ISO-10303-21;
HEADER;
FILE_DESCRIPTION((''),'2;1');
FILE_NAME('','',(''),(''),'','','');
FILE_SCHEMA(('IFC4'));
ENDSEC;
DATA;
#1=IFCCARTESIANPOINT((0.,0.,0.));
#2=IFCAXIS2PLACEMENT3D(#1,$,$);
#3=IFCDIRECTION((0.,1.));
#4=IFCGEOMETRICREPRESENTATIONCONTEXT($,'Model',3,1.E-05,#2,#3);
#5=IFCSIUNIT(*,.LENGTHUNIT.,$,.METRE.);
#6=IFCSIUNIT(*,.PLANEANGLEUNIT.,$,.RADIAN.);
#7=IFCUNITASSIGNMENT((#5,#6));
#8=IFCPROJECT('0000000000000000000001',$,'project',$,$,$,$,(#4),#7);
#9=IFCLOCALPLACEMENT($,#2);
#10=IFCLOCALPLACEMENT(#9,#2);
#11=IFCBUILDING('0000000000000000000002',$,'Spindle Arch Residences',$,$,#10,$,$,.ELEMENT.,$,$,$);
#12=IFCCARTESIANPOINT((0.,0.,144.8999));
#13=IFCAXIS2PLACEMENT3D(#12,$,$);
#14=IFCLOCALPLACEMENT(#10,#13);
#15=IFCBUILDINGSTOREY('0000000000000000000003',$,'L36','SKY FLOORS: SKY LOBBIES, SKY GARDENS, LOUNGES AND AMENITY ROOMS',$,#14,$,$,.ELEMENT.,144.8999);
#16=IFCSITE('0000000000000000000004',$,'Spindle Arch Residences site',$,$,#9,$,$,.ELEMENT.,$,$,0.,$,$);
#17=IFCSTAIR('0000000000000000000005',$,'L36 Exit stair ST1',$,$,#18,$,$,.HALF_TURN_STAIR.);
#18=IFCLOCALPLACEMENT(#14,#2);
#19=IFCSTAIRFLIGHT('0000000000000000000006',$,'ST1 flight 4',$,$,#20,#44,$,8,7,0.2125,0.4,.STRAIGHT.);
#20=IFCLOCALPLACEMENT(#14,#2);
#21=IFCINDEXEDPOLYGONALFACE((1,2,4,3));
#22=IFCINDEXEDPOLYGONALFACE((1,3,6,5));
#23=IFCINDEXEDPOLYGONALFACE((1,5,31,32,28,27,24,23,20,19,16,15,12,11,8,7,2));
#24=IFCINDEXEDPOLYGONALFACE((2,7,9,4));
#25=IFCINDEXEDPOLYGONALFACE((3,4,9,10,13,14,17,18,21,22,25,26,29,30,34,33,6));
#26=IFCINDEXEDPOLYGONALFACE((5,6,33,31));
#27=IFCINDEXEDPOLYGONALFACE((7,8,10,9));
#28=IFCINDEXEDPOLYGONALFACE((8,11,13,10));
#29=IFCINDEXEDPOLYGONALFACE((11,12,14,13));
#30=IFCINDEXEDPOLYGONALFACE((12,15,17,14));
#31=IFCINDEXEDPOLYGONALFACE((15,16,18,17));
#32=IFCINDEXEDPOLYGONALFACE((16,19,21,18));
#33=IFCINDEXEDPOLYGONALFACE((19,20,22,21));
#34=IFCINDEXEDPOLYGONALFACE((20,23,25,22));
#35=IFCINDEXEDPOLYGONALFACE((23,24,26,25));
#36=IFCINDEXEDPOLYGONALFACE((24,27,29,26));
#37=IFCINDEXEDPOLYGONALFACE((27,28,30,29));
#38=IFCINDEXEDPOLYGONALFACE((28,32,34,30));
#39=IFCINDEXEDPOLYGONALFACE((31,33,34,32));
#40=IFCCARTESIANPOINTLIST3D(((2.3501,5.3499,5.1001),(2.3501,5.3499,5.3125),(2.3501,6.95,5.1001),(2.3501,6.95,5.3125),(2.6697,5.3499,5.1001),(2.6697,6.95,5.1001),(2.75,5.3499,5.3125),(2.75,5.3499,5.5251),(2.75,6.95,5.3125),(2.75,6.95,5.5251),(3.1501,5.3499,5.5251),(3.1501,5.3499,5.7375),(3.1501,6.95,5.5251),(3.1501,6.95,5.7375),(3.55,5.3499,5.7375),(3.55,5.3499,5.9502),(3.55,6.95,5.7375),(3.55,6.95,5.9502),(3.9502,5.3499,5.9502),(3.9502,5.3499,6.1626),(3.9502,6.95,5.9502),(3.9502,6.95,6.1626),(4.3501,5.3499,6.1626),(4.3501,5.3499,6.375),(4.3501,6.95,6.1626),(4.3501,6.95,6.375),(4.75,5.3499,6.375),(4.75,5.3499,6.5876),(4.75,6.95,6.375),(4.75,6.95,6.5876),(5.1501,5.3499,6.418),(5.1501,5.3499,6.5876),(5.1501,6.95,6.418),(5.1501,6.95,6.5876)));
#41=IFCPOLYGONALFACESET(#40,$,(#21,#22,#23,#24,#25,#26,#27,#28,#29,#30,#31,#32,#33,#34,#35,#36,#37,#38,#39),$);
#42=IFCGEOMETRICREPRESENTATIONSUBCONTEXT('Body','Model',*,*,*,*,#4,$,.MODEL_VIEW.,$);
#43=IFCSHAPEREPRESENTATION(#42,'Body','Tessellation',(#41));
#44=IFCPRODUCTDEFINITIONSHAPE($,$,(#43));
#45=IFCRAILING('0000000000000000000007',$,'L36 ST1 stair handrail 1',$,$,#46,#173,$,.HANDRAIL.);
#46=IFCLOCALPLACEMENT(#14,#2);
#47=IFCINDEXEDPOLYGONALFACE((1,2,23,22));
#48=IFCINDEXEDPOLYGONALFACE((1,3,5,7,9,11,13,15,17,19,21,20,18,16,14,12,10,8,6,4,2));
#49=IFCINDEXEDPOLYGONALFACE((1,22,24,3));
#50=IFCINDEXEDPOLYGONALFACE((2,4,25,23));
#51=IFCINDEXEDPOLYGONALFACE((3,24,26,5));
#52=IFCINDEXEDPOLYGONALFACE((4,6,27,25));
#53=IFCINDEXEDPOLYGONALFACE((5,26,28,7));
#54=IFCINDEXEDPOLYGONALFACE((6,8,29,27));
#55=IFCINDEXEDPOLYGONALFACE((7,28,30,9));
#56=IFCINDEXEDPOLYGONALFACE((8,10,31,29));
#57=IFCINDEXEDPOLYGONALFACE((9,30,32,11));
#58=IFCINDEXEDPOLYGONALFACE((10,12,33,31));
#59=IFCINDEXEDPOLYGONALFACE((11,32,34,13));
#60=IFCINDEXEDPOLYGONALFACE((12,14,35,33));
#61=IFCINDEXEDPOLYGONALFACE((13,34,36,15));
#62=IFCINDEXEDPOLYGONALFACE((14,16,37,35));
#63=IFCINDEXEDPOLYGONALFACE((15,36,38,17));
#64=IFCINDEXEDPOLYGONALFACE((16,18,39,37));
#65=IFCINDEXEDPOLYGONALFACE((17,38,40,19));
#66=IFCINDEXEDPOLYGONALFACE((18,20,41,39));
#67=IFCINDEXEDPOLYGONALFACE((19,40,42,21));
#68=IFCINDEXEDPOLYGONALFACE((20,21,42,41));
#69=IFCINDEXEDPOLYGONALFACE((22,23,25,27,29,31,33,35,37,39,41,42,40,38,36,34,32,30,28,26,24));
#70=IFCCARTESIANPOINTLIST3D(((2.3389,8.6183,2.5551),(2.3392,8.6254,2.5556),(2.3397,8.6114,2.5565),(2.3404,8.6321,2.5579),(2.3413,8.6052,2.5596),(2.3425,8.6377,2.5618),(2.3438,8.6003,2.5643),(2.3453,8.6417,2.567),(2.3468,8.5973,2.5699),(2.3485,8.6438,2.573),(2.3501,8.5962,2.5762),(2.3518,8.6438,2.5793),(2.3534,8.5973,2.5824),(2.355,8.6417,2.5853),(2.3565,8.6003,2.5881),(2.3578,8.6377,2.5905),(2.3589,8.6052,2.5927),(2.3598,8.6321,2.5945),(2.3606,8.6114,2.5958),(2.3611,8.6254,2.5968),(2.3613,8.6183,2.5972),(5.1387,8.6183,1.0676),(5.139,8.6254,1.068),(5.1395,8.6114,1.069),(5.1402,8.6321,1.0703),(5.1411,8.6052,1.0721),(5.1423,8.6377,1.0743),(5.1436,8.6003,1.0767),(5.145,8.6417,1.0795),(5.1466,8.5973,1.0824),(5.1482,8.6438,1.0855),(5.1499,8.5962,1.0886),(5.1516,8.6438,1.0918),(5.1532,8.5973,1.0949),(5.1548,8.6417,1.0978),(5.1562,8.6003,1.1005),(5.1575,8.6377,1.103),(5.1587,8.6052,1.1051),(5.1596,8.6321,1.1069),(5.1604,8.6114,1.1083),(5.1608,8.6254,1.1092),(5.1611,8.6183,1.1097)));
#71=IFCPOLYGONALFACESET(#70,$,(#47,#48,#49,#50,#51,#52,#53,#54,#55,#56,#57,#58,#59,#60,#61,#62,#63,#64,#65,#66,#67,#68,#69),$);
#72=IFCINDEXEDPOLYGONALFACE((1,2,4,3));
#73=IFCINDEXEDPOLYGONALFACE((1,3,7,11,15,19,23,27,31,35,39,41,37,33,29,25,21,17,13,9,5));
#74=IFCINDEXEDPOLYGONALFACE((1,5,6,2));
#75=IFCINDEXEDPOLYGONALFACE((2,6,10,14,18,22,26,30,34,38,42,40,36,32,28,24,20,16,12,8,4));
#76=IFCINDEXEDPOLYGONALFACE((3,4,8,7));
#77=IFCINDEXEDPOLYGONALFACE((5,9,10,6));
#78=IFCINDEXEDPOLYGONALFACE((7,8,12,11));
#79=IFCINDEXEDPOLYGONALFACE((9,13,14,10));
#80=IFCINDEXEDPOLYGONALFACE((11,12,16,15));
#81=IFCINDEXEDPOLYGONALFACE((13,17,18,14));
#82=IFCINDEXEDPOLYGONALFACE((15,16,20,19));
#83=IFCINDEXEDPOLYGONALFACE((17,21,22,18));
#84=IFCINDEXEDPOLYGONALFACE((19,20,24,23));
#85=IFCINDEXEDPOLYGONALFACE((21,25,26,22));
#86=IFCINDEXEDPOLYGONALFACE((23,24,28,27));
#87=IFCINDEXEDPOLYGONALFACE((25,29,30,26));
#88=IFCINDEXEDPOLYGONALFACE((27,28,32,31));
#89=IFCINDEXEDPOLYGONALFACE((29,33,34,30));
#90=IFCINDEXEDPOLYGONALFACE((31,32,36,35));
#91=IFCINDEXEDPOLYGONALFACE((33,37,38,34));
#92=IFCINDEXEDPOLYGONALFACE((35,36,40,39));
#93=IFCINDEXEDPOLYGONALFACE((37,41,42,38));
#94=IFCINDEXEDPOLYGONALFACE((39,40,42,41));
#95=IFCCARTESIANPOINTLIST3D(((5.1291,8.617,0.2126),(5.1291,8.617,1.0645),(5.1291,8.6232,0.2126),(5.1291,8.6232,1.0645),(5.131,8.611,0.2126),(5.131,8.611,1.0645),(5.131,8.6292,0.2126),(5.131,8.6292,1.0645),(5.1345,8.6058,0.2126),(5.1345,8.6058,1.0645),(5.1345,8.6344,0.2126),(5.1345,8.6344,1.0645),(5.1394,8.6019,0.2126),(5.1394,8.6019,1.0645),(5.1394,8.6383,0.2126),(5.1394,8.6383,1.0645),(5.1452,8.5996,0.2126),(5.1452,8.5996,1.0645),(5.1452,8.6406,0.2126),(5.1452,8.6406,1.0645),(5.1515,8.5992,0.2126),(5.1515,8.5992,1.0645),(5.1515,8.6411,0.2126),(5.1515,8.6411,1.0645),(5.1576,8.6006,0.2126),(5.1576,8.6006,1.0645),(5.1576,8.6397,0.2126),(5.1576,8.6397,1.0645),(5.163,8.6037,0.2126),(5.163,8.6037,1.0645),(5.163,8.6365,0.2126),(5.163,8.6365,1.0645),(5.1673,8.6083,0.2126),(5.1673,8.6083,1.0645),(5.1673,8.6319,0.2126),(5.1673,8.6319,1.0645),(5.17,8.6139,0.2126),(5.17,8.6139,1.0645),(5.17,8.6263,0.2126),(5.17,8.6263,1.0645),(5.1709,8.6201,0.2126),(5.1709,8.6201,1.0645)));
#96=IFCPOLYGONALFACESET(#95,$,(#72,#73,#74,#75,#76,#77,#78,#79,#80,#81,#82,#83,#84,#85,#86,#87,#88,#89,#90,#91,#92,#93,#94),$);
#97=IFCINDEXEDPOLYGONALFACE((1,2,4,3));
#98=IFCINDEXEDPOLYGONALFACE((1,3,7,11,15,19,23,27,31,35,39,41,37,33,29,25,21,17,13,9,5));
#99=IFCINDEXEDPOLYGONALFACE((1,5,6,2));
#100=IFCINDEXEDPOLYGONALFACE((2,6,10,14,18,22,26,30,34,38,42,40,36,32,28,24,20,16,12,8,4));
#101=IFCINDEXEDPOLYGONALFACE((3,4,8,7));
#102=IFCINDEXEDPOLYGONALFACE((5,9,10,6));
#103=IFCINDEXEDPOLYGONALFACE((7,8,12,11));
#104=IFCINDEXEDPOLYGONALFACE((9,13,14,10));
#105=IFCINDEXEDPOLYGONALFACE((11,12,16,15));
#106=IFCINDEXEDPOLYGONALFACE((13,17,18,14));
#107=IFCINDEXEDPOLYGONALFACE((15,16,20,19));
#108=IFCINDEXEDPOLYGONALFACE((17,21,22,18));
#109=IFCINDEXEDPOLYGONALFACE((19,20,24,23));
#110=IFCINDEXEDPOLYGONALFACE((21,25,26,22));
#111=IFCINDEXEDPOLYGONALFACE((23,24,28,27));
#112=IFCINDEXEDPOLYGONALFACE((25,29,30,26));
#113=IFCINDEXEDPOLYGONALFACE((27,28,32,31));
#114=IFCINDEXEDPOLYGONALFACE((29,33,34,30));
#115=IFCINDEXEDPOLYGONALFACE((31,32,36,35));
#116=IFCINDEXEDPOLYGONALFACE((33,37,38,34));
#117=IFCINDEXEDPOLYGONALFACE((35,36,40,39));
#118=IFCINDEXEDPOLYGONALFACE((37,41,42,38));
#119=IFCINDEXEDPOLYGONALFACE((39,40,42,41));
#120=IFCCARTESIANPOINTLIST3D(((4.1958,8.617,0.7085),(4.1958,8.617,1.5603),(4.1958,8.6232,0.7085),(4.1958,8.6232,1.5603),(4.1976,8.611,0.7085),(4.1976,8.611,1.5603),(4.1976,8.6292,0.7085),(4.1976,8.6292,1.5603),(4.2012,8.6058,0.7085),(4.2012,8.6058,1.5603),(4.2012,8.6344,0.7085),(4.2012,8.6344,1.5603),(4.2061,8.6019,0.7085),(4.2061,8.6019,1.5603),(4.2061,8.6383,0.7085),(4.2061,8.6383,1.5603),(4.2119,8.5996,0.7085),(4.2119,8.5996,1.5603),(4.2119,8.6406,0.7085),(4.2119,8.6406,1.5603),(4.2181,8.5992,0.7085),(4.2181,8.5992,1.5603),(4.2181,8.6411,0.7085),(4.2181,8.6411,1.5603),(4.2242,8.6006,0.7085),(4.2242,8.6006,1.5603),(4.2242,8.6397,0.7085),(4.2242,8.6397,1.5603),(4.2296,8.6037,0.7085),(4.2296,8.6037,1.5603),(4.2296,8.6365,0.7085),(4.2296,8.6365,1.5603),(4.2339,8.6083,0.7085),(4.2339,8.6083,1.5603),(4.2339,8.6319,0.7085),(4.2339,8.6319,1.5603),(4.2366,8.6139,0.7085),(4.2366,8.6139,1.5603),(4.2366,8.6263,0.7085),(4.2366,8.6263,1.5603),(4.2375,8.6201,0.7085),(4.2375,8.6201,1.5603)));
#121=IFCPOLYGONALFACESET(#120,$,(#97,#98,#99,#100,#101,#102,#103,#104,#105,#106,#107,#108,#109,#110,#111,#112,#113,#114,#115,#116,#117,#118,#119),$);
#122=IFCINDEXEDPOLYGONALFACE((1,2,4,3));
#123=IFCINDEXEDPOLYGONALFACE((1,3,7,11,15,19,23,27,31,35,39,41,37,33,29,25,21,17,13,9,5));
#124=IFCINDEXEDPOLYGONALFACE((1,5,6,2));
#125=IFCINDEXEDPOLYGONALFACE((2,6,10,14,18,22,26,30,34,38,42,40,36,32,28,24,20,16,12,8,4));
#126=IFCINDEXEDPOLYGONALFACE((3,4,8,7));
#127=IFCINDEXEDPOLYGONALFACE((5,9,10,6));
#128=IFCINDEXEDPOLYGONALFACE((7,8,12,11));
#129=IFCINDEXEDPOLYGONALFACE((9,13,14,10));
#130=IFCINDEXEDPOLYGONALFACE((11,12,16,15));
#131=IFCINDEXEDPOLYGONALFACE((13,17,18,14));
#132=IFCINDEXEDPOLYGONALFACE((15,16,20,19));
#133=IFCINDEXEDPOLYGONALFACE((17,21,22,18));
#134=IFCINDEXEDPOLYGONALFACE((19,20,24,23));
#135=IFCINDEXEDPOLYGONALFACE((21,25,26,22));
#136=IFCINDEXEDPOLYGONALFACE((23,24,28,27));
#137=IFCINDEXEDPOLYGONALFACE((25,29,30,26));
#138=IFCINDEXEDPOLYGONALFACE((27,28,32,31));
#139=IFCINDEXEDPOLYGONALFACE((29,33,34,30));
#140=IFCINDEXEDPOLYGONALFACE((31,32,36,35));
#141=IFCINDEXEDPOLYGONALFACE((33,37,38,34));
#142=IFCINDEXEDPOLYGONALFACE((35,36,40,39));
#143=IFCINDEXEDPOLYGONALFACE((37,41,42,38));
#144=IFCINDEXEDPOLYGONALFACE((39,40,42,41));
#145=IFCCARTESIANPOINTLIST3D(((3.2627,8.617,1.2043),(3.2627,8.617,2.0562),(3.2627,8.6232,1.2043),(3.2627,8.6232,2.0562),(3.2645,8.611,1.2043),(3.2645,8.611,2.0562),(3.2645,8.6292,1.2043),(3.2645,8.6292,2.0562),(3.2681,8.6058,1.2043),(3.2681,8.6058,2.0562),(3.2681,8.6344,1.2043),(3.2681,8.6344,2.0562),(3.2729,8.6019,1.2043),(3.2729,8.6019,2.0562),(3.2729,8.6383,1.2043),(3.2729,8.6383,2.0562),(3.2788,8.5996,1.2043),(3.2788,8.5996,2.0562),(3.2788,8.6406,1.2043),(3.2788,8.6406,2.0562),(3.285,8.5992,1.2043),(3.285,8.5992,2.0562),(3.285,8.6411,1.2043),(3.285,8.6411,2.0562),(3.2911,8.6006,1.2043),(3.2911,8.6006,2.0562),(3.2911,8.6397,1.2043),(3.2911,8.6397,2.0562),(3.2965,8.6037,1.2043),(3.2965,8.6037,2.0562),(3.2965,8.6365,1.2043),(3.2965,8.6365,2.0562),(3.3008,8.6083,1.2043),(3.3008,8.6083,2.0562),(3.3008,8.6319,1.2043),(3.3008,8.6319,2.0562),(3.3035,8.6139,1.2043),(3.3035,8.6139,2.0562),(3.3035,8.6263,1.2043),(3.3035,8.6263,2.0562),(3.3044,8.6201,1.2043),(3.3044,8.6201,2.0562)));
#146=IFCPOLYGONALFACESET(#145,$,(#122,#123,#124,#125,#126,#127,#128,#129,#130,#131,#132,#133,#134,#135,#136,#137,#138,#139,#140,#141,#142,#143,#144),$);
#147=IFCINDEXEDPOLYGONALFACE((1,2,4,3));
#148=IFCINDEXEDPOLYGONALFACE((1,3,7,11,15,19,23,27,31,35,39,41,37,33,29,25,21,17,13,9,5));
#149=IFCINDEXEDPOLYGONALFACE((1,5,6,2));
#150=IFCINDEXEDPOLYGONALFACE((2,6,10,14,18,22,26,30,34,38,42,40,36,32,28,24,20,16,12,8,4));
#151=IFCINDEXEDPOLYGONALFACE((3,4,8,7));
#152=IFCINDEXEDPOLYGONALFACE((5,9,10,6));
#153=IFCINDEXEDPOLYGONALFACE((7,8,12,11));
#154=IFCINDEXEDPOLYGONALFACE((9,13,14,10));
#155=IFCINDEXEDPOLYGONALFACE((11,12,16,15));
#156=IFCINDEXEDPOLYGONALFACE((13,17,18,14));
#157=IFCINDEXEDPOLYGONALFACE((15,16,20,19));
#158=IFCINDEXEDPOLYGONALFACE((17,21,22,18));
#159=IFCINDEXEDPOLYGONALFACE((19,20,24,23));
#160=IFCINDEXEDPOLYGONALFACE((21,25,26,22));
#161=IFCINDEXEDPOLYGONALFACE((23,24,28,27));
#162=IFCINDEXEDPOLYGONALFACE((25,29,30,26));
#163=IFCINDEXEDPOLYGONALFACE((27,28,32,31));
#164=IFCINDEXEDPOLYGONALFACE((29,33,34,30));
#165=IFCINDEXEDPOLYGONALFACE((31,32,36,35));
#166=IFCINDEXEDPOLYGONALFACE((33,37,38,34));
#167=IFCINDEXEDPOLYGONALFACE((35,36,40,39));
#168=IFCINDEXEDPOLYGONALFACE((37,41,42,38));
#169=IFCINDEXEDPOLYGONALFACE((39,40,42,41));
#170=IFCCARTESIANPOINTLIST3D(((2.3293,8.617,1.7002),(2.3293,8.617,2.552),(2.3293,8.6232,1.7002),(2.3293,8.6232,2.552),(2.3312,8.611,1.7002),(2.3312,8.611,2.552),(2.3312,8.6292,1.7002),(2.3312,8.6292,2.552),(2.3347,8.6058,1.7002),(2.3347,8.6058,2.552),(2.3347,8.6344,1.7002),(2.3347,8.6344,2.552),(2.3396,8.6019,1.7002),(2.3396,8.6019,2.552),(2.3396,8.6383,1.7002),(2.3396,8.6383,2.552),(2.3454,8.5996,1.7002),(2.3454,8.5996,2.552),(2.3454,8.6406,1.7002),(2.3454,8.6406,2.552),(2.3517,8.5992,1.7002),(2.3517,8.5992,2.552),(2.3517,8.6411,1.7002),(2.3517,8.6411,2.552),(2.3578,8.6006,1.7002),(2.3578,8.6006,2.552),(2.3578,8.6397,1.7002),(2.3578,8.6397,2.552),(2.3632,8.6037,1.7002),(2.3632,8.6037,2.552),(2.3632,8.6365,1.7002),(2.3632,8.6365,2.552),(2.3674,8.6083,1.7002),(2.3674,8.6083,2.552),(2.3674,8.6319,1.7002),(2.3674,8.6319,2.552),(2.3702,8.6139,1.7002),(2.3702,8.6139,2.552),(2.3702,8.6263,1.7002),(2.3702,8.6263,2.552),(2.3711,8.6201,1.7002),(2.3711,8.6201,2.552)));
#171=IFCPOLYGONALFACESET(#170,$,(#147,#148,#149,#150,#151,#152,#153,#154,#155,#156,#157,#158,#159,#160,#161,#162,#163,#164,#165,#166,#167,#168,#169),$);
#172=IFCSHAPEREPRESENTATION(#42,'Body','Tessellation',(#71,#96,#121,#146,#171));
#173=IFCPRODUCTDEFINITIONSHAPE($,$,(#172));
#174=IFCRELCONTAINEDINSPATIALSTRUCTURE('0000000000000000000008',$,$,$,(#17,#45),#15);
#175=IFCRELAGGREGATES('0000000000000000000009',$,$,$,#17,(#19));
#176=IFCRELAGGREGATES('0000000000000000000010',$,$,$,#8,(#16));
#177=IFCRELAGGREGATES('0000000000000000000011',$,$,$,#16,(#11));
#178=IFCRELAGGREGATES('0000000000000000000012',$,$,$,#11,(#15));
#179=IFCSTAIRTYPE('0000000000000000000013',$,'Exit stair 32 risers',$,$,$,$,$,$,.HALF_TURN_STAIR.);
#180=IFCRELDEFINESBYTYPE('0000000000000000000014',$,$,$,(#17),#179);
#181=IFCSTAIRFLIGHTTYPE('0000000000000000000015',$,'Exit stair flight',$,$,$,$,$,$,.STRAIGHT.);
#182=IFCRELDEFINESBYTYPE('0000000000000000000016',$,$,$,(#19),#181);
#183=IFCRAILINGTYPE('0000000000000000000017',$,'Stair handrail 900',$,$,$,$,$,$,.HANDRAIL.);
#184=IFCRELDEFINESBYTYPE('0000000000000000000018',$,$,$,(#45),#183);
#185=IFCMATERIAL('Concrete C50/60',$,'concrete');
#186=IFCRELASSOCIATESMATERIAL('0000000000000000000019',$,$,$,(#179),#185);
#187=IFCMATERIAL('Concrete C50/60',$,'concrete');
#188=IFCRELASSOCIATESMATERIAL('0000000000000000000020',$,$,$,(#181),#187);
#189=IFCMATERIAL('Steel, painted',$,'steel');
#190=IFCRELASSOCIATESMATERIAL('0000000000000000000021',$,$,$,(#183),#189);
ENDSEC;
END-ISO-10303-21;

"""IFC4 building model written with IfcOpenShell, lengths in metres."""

from ifc_helpers import new_model, si_unit, direction, frame, origin, origin_2d, place, context, subcontext, project, spatial, polyline, circle, outline, extrude, material, type_object, element, aggregate, save


model = new_model("IFC4")

# Units and contexts
model_context = context("Model", 3, precision=1e-05, world=origin(), true_north=direction((0.0, 1.0)))
body_context = subcontext(model_context, "Body", "Model", "MODEL_VIEW")
ifc_project = project(units=[si_unit("LENGTHUNIT", "METRE"), si_unit("PLANEANGLEUNIT", "RADIAN")], contexts=[model_context])

# Site, building, storey
site_placement = place(None, origin())
site = spatial("IfcSite", under=ifc_project, at=site_placement, Name="Spindle Arch Residences site", CompositionType="ELEMENT", RefElevation=0.0)
building_placement = place(site_placement, origin())
building = spatial("IfcBuilding", under=site, at=building_placement, Name="Spindle Arch Residences", CompositionType="ELEMENT")
storey_placement = place(building_placement, frame((0.0, 0.0, 144.8999)))
storey = spatial("IfcBuildingStorey", under=building, at=storey_placement, Name="L36", Description="SKY FLOORS: SKY LOBBIES, SKY GARDENS, LOUNGES AND AMENITY ROOMS", CompositionType="ELEMENT", Elevation=144.8999)

# Stair, stair flight
ifc_material_1 = material(Name="Concrete C50/60", Category="concrete")
stair_type = type_object("IfcStairType", Name="Exit stair 32 risers", PredefinedType="HALF_TURN_STAIR", material=ifc_material_1)
stair_placement = place(storey_placement, origin())
stair = element("IfcStair", 1, at=stair_placement, inside=storey, type_object=stair_type, Name="L36 Exit stair ST1", PredefinedType="HALF_TURN_STAIR")
ifc_material_2 = material(Name="Concrete C50/60", Category="concrete")
stair_flight_type = type_object("IfcStairFlightType", Name="Exit stair flight", PredefinedType="STRAIGHT", material=ifc_material_2)
stair_flight_1_placement = place(storey_placement, frame((2.3501, 6.1499, 5.1001), z_axis=(0.0, 0.0, 1.0), x_axis=(1.0, 0.0, 0.0)))
stair_flight_1 = element("IfcStairFlight", 2, at=stair_flight_1_placement, type_object=stair_flight_type, Name="ST1 flight 4", NumberOfRisers=8, NumberOfTreads=7, PredefinedType="STRAIGHT", RiserHeight=0.2125, TreadLength=0.4, context=body_context, shape_type="SweptSolid", body=[
    extrude(outline(polyline([(0.0, 0.0), (0.0, 0.2124), (0.3999, 0.2124), (0.3999, 0.425), (0.8, 0.425), (0.8, 0.6375), (1.2, 0.6375), (1.2, 0.8501), (1.6001, 0.8501), (1.6001, 1.0625), (2.0, 1.0625), (2.0, 1.2749), (2.3999, 1.2749), (2.3999, 1.4875), (2.8, 1.4875), (2.8, 1.7), (2.8, 1.3179), (0.3196, 0.0), (0.0, 0.0)])), frame((0.0, 0.8, 0.0), z_axis=(0.0, -1.0, 0.0), x_axis=(1.0, 0.0, 0.0)), (0.0, 0.0, 1.0), 1.6001),
])
aggregate(stair, [stair_flight_1])

# Railing
ifc_material_3 = material(Name="Steel, painted", Category="steel")
railing_type_1 = type_object("IfcRailingType", Name="Stair handrail 900", PredefinedType="HANDRAIL", material=ifc_material_3)
railing_1_placement = place(storey_placement, frame((5.1499, 8.6201, 0.2126)))
element("IfcRailing", 3, at=railing_1_placement, inside=storey, type_object=railing_type_1, Name="L36 ST1 stair handrail 1", PredefinedType="HANDRAIL", context=body_context, shape_type="SweptSolid", body=[
    extrude(circle(Radius=0.0239, at=origin_2d()), frame((0.0, 0.0, 0.876), z_axis=(-0.883096, 0.0, 0.469193), x_axis=(0.0, -1.0, 0.0)), (0.0, 0.0, 1.0), 3.1704),
    extrude(circle(Radius=0.021, at=origin_2d()), origin(), (0.0, 0.0, 1.0), 0.8518),
    extrude(circle(Radius=0.021, at=origin_2d()), frame((-0.9333, 0.0, 0.4958)), (0.0, 0.0, 1.0), 0.8518),
    extrude(circle(Radius=0.021, at=origin_2d()), frame((-1.8665, 0.0, 0.9917)), (0.0, 0.0, 1.0), 0.8518),
    extrude(circle(Radius=0.021, at=origin_2d()), frame((-2.7998, 0.0, 1.4875)), (0.0, 0.0, 1.0), 0.8518),
])

save(model, "model.ifc")
